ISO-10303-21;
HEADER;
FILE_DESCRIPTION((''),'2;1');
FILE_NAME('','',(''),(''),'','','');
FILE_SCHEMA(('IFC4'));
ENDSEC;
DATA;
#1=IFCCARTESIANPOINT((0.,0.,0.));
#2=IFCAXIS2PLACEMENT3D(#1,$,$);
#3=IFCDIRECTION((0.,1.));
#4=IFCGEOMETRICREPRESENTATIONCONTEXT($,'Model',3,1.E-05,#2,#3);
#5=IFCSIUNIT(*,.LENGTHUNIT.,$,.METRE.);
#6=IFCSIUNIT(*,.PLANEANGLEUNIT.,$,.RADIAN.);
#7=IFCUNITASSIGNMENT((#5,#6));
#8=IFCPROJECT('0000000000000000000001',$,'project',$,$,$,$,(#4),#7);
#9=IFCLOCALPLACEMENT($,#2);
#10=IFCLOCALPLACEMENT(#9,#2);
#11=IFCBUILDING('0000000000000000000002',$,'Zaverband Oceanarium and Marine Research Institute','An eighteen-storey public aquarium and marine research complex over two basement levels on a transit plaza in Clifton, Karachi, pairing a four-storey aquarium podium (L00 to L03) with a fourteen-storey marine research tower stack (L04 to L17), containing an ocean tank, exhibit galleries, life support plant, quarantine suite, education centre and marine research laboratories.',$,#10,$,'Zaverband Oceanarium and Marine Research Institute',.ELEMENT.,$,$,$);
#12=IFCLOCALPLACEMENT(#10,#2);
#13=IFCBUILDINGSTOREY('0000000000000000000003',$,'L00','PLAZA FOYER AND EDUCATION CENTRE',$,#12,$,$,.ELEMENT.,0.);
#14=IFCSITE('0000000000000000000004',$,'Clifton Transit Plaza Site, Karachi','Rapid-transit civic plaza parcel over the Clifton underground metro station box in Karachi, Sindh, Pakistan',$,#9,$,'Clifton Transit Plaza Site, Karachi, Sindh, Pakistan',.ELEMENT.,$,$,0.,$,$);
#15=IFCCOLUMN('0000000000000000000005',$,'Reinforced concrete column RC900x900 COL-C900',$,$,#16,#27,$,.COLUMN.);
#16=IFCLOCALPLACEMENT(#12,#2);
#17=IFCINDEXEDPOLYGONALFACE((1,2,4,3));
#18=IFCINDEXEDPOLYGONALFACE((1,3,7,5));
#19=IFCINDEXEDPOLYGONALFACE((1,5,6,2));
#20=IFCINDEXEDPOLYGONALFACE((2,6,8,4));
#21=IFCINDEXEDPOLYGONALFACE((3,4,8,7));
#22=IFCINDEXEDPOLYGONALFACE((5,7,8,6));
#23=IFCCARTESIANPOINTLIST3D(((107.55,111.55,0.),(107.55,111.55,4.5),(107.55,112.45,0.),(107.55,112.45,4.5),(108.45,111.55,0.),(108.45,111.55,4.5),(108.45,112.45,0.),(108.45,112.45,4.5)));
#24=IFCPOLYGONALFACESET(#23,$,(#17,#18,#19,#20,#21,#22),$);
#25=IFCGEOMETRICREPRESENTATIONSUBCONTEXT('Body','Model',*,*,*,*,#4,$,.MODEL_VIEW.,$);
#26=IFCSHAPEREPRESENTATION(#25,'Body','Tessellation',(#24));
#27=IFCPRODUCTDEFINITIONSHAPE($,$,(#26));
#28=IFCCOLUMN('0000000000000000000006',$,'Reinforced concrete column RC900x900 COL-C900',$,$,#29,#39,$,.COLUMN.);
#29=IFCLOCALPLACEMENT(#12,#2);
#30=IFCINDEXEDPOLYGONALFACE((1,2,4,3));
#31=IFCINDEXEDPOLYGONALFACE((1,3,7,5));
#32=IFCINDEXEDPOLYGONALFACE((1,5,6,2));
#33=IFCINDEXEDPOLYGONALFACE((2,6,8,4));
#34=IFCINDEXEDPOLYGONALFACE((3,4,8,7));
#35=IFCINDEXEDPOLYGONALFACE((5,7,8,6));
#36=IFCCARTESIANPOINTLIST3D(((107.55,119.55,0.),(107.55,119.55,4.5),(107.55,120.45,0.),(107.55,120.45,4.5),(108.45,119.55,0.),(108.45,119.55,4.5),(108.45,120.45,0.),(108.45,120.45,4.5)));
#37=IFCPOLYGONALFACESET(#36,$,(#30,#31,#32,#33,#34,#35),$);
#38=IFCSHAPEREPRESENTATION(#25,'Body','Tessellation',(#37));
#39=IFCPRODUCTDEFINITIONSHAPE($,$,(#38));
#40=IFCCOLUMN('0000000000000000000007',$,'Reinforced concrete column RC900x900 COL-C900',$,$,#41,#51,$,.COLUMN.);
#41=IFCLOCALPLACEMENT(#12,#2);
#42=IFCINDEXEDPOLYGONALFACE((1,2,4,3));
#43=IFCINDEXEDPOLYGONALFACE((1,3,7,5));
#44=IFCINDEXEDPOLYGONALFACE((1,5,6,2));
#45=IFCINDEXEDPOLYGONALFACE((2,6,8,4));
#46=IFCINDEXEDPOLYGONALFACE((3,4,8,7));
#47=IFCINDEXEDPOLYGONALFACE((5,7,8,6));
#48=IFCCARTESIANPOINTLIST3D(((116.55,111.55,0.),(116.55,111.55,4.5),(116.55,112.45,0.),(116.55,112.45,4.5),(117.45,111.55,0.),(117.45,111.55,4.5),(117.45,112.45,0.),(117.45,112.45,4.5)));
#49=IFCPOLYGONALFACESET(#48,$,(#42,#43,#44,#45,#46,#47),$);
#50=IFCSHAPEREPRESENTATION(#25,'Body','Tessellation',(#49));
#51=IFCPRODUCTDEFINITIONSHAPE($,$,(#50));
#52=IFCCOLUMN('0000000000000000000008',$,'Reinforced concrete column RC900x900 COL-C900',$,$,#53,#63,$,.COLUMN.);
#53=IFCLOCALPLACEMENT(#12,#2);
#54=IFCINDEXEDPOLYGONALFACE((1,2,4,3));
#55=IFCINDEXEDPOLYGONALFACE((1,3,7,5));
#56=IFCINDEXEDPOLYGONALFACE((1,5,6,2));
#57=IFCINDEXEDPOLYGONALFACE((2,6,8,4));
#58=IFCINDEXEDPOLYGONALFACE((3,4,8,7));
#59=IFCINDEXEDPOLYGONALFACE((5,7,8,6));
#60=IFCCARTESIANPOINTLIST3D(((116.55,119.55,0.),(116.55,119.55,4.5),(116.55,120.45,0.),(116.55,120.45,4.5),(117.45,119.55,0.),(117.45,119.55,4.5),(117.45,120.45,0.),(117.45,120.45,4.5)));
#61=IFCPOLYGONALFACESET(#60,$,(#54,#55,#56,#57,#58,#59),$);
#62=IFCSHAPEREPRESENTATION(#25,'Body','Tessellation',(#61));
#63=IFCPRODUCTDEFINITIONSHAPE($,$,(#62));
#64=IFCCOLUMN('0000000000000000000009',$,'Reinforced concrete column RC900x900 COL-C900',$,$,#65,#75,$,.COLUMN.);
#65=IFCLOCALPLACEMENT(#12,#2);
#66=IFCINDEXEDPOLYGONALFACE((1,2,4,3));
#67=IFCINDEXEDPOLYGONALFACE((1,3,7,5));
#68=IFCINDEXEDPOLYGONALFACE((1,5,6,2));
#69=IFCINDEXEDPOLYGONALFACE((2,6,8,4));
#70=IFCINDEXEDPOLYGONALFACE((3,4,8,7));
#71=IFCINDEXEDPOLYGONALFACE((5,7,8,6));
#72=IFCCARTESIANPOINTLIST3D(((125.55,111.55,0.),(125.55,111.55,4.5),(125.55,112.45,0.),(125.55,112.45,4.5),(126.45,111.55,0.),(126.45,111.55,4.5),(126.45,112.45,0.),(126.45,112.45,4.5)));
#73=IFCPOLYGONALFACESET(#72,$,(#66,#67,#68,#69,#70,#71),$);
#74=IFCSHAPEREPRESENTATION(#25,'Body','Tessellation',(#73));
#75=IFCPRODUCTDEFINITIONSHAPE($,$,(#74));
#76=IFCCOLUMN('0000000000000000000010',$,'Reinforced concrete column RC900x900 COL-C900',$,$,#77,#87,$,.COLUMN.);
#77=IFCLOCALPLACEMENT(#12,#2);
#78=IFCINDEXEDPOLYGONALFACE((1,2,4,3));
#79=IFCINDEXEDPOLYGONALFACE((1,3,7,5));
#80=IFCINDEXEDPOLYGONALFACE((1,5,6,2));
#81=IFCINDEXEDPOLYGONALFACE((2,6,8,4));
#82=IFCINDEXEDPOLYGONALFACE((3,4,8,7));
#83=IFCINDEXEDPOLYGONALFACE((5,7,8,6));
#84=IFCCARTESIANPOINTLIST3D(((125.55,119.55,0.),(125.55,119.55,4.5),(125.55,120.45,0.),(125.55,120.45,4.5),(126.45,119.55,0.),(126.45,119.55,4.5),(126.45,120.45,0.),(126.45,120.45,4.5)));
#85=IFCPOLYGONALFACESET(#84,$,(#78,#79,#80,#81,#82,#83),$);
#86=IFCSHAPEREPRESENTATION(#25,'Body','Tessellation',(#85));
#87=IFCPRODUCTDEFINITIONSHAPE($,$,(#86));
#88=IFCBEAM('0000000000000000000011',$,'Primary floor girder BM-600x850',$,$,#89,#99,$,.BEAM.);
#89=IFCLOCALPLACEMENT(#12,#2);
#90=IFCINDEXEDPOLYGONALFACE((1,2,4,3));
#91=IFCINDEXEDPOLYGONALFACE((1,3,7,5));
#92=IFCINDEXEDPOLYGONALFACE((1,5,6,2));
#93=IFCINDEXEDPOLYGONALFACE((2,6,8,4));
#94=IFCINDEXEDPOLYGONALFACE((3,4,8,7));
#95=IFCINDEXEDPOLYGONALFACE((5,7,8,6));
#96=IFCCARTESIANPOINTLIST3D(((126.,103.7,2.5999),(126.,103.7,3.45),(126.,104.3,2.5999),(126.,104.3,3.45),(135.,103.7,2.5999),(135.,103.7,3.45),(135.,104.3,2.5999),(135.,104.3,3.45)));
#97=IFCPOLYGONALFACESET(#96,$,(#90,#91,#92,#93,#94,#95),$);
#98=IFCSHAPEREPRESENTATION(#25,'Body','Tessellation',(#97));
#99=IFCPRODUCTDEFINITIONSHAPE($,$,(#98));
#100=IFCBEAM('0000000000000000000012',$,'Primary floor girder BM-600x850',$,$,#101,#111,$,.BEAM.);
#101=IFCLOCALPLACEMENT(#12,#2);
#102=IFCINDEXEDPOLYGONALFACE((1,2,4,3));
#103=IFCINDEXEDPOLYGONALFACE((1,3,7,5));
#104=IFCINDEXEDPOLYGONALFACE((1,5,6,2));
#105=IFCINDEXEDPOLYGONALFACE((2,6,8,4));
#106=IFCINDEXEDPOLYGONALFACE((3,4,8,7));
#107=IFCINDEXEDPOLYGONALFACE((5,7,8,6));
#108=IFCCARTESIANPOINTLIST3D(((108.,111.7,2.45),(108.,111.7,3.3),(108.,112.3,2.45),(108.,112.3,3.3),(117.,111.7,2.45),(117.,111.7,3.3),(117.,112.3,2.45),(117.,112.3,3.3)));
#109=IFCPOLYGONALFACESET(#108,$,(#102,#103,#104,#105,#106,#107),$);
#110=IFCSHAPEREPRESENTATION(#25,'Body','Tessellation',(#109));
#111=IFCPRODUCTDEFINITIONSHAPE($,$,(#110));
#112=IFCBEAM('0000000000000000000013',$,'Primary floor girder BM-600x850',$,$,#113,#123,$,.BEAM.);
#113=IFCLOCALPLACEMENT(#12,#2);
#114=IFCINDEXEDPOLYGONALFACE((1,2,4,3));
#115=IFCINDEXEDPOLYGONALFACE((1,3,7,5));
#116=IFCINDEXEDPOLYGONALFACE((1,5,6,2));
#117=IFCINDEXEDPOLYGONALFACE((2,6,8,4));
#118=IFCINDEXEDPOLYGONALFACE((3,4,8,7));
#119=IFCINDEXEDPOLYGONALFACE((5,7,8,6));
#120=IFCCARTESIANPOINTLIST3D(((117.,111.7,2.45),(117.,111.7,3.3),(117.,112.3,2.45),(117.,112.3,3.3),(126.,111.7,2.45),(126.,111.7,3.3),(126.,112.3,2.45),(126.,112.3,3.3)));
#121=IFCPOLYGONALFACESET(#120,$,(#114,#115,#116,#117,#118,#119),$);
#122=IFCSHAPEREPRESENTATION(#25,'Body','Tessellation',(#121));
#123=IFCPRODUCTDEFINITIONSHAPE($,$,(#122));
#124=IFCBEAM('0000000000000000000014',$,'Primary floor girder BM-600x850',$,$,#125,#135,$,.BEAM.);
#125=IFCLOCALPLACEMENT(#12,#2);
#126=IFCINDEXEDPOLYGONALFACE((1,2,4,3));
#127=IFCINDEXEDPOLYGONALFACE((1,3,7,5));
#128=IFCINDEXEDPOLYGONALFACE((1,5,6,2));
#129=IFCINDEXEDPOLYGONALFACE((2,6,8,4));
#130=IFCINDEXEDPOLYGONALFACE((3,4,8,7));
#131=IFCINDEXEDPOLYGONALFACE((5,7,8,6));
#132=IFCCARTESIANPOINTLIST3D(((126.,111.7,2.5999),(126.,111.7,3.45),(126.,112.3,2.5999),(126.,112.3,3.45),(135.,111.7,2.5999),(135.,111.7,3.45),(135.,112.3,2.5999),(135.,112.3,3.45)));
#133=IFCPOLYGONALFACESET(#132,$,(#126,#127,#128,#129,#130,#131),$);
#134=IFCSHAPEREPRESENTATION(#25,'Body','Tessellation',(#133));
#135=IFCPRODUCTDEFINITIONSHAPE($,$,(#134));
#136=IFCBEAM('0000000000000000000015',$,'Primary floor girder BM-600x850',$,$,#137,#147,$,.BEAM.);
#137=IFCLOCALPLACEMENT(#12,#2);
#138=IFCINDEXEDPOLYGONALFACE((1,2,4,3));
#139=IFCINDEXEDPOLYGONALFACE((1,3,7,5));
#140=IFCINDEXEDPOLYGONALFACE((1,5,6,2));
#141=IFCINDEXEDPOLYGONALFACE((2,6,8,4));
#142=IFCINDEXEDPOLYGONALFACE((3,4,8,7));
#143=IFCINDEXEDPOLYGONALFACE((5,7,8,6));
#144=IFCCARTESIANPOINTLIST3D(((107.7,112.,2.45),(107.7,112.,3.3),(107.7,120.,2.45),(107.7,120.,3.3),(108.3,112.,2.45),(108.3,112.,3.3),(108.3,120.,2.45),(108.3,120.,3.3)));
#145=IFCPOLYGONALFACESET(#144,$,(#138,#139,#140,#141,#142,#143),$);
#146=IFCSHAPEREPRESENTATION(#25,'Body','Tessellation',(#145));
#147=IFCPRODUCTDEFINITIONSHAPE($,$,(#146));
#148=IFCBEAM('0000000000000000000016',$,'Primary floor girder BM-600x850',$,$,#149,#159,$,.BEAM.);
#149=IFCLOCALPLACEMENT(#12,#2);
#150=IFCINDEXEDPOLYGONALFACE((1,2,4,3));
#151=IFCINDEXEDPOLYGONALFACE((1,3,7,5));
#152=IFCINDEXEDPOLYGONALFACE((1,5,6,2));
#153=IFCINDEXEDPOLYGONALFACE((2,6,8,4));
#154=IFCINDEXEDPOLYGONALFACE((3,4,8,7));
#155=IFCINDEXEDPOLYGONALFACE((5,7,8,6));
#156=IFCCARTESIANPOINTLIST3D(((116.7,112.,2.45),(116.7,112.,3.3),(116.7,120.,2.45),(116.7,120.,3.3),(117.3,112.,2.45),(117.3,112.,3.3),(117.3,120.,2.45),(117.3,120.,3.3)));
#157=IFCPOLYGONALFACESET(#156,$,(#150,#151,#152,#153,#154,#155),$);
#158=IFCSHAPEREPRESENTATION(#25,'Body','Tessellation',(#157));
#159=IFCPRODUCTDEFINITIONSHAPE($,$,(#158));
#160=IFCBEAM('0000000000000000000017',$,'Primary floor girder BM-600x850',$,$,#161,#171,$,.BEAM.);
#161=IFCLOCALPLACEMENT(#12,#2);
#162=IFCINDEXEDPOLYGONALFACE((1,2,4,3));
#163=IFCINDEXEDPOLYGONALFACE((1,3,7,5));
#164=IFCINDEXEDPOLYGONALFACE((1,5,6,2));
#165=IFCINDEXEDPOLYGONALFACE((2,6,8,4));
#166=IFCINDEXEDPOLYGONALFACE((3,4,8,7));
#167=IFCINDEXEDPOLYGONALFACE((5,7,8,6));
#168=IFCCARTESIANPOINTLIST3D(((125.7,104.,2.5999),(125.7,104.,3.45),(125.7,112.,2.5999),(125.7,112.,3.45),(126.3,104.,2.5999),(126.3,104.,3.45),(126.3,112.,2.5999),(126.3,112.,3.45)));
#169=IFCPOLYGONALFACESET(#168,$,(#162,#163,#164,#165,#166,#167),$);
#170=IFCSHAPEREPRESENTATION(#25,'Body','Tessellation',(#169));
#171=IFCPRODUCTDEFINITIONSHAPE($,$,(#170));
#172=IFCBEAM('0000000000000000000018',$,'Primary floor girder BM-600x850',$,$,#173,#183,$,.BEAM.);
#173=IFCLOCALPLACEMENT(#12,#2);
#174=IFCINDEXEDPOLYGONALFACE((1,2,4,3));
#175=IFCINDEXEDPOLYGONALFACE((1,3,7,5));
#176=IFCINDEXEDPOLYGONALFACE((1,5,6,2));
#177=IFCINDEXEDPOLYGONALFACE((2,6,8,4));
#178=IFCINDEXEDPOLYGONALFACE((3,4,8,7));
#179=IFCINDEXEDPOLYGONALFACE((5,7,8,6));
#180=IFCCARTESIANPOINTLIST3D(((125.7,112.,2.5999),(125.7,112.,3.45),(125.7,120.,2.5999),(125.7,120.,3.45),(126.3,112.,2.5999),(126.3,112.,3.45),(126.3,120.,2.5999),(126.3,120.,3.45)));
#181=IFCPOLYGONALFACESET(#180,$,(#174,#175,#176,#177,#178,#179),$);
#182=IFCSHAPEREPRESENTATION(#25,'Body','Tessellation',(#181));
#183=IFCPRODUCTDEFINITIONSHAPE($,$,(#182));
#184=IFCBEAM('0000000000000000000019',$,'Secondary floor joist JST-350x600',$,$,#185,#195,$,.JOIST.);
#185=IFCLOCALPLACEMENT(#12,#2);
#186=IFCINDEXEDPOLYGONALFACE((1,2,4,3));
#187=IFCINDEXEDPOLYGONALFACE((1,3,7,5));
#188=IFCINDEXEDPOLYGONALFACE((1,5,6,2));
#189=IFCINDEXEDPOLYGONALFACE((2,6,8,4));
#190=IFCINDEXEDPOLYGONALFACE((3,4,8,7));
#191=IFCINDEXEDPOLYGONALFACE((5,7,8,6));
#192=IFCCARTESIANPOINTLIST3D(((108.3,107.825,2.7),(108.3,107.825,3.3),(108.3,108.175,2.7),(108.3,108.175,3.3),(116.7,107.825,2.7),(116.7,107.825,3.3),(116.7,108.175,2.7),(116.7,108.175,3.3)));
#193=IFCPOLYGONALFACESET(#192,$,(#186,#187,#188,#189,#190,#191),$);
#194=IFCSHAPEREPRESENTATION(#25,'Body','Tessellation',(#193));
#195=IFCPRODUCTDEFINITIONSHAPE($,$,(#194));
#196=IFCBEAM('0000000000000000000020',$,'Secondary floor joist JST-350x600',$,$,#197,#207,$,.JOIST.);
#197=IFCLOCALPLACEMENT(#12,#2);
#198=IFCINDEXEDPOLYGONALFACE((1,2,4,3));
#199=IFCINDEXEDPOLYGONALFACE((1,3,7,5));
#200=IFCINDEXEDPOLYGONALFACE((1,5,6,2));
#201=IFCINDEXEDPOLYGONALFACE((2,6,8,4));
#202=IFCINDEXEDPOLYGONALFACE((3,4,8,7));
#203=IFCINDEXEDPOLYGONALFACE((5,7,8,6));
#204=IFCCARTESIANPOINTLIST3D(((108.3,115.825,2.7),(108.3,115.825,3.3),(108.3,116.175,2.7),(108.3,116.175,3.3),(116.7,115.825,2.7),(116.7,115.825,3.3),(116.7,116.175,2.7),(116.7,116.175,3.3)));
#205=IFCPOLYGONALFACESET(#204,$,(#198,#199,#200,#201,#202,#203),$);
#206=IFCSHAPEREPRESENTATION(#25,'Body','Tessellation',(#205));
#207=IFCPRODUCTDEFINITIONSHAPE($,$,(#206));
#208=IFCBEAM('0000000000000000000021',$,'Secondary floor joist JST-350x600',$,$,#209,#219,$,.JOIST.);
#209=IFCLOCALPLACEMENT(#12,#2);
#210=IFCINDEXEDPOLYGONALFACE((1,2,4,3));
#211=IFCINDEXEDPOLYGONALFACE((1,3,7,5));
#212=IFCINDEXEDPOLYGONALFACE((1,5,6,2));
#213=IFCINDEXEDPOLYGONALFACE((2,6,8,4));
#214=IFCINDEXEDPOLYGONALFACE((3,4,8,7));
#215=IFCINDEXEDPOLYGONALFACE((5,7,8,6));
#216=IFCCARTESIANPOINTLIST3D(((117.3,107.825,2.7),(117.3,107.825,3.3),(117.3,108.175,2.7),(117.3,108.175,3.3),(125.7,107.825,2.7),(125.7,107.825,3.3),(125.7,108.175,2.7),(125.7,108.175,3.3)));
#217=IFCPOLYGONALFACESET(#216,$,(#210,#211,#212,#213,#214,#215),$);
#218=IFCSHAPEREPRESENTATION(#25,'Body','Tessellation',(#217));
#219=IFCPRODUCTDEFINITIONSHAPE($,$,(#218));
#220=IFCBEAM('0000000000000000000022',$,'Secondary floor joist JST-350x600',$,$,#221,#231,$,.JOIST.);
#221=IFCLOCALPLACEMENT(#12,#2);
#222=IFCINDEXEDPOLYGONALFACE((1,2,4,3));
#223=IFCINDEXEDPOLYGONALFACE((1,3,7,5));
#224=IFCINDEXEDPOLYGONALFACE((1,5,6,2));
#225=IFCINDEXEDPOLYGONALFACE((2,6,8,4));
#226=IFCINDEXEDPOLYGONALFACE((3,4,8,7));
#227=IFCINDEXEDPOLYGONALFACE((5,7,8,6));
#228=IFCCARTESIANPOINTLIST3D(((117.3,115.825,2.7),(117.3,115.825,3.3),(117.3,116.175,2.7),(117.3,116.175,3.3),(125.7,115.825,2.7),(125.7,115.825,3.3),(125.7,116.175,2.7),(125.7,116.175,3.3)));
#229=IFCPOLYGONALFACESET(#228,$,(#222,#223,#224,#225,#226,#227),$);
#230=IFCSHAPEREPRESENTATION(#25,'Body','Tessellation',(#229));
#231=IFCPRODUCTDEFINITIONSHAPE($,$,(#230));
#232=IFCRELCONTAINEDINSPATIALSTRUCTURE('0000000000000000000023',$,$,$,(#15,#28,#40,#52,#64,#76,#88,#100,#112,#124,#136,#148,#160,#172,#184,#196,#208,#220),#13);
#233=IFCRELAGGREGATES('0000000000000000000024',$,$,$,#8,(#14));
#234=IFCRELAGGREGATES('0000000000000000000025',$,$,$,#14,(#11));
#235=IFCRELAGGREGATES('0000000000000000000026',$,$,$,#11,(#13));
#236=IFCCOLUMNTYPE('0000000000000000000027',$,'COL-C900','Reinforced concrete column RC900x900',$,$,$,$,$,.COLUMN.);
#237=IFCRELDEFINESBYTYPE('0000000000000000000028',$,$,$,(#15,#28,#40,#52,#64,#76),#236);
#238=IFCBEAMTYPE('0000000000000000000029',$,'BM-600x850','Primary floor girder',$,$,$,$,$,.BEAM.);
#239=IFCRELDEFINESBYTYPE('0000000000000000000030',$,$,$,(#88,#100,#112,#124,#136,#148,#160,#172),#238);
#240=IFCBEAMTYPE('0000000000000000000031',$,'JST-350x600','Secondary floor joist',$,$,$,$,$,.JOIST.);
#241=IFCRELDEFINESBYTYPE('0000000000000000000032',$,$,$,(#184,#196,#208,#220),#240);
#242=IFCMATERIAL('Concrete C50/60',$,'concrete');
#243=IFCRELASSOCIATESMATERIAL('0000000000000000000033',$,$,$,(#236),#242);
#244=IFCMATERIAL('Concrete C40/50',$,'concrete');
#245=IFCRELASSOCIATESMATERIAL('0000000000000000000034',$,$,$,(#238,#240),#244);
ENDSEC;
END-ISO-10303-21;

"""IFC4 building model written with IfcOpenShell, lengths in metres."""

from ifc_helpers import new_model, si_unit, direction, frame, origin, origin_2d, place, context, subcontext, project, spatial, rectangle, extrude, material, material_profile, profile_set, type_object, element, save


model = new_model("IFC4")

# Units and contexts
model_context = context("Model", 3, precision=1e-05, world=origin(), true_north=direction((0.0, 1.0)))
body_context = subcontext(model_context, "Body", "Model", "MODEL_VIEW")
ifc_project = project(units=[si_unit("LENGTHUNIT", "METRE"), si_unit("PLANEANGLEUNIT", "RADIAN")], contexts=[model_context])

# Site, building, storey
site_placement = place(None, origin())
site = spatial("IfcSite", under=ifc_project, at=site_placement, Name="Clifton Transit Plaza Site, Karachi", Description="Rapid-transit civic plaza parcel over the Clifton underground metro station box in Karachi, Sindh, Pakistan", LongName="Clifton Transit Plaza Site, Karachi, Sindh, Pakistan", CompositionType="ELEMENT", RefElevation=0.0)
building_placement = place(site_placement, origin())
building = spatial("IfcBuilding", under=site, at=building_placement, Name="Zaverband Oceanarium and Marine Research Institute", Description="An eighteen-storey public aquarium and marine research complex over two basement levels on a transit plaza in Clifton, Karachi, pairing a four-storey aquarium podium (L00 to L03) with a fourteen-storey marine research tower stack (L04 to L17), containing an ocean tank, exhibit galleries, life support plant, quarantine suite, education centre and marine research laboratories.", LongName="Zaverband Oceanarium and Marine Research Institute", CompositionType="ELEMENT")
storey_placement = place(building_placement, origin())
storey = spatial("IfcBuildingStorey", under=building, at=storey_placement, Name="L00", Description="PLAZA FOYER AND EDUCATION CENTRE", CompositionType="ELEMENT", Elevation=0.0)

# Columns
ifc_material_1 = material(Name="Concrete C50/60", Category="concrete")
ifc_material_profile_1 = material_profile(ifc_material_1, rectangle(XDim=0.8999, YDim=0.8999, at=origin_2d()), Name="RC900x900")
ifc_profile_set_1 = profile_set([ifc_material_profile_1], Name="Concrete C50/60")
column_type = type_object("IfcColumnType", Name="COL-C900", Description="Reinforced concrete column RC900x900", PredefinedType="COLUMN", material=ifc_profile_set_1)
for number, where, z_axis, x_axis, name in (
    (1, (108.0, 112.0, 0.0), (0.0, 0.0, 1.0), (1.0, 0.0, 0.0), "Reinforced concrete column RC900x900 COL-C900"),
    (2, (108.0, 120.0, 0.0), (0.0, 0.0, 1.0), (1.0, 0.0, 0.0), "Reinforced concrete column RC900x900 COL-C900"),
    (3, (117.0, 112.0, 0.0), (0.0, 0.0, 1.0), (1.0, 0.0, 0.0), "Reinforced concrete column RC900x900 COL-C900"),
    (4, (117.0, 120.0, 0.0), (0.0, 0.0, 1.0), (1.0, 0.0, 0.0), "Reinforced concrete column RC900x900 COL-C900"),
    (5, (126.0, 112.0, 0.0), (0.0, 0.0, 1.0), (1.0, 0.0, 0.0), "Reinforced concrete column RC900x900 COL-C900"),
    (6, (126.0, 120.0, 0.0), (0.0, 0.0, 1.0), (1.0, 0.0, 0.0), "Reinforced concrete column RC900x900 COL-C900"),
):
    element("IfcColumn", number, at=place(storey_placement, frame(where, z_axis=z_axis, x_axis=x_axis)), inside=storey, type_object=column_type, Name=name, PredefinedType="COLUMN", context=body_context, shape_type="SweptSolid", body=[
        extrude(rectangle(XDim=0.8999, YDim=0.8999, at=origin_2d()), origin(), (0.0, 0.0, 1.0), 4.5),
    ])

# Beams
ifc_material_2 = material(Name="Concrete C40/50", Category="concrete")
ifc_material_profile_2 = material_profile(ifc_material_2, rectangle(XDim=0.6001, YDim=0.8501, at=origin_2d()), Name="RC600x850")
ifc_profile_set_2 = profile_set([ifc_material_profile_2], Name="Concrete C40/50")
beam_type_1 = type_object("IfcBeamType", Name="BM-600x850", Description="Primary floor girder", PredefinedType="BEAM", material=ifc_profile_set_2)
for number, where, z_axis, x_axis, name in (
    (7, (126.0, 104.0, 3.0249), (1.0, 0.0, 0.0), (0.0, 1.0, 0.0), "Primary floor girder BM-600x850"),
    (8, (108.0, 112.0, 2.875), (1.0, 0.0, 0.0), (0.0, 1.0, 0.0), "Primary floor girder BM-600x850"),
    (9, (117.0, 112.0, 2.875), (1.0, 0.0, 0.0), (0.0, 1.0, 0.0), "Primary floor girder BM-600x850"),
    (10, (126.0, 112.0, 3.0249), (1.0, 0.0, 0.0), (0.0, 1.0, 0.0), "Primary floor girder BM-600x850"),
):
    element("IfcBeam", number, at=place(storey_placement, frame(where, z_axis=z_axis, x_axis=x_axis)), inside=storey, type_object=beam_type_1, Name=name, PredefinedType="BEAM", context=body_context, shape_type="SweptSolid", body=[
        extrude(rectangle(XDim=0.6001, YDim=0.8501, at=origin_2d()), origin(), (0.0, 0.0, 1.0), 9.0),
    ])
for number, where, z_axis, x_axis, name in (
    (11, (108.0, 112.0, 2.875), (0.0, 1.0, 0.0), (-1.0, 0.0, 0.0), "Primary floor girder BM-600x850"),
    (12, (117.0, 112.0, 2.875), (0.0, 1.0, 0.0), (-1.0, 0.0, 0.0), "Primary floor girder BM-600x850"),
    (13, (126.0, 104.0, 3.0249), (0.0, 1.0, 0.0), (-1.0, 0.0, 0.0), "Primary floor girder BM-600x850"),
    (14, (126.0, 112.0, 3.0249), (0.0, 1.0, 0.0), (-1.0, 0.0, 0.0), "Primary floor girder BM-600x850"),
):
    element("IfcBeam", number, at=place(storey_placement, frame(where, z_axis=z_axis, x_axis=x_axis)), inside=storey, type_object=beam_type_1, Name=name, PredefinedType="BEAM", context=body_context, shape_type="SweptSolid", body=[
        extrude(rectangle(XDim=0.6001, YDim=0.8501, at=origin_2d()), origin(), (0.0, 0.0, 1.0), 8.0),
    ])
ifc_material_profile_3 = material_profile(ifc_material_2, rectangle(XDim=0.3501, YDim=0.6001, at=origin_2d()), Name="RC350x600")
ifc_profile_set_3 = profile_set([ifc_material_profile_3], Name="Concrete C40/50")
beam_type_2 = type_object("IfcBeamType", Name="JST-350x600", Description="Secondary floor joist", PredefinedType="JOIST", material=ifc_profile_set_3)
for number, where, z_axis, x_axis, name in (
    (15, (108.3, 108.0, 3.0), (1.0, 0.0, 0.0), (0.0, 1.0, 0.0), "Secondary floor joist JST-350x600"),
    (16, (108.3, 116.0, 3.0), (1.0, 0.0, 0.0), (0.0, 1.0, 0.0), "Secondary floor joist JST-350x600"),
    (17, (117.3, 108.0, 3.0), (1.0, 0.0, 0.0), (0.0, 1.0, 0.0), "Secondary floor joist JST-350x600"),
    (18, (117.3, 116.0, 3.0), (1.0, 0.0, 0.0), (0.0, 1.0, 0.0), "Secondary floor joist JST-350x600"),
):
    element("IfcBeam", number, at=place(storey_placement, frame(where, z_axis=z_axis, x_axis=x_axis)), inside=storey, type_object=beam_type_2, Name=name, PredefinedType="JOIST", context=body_context, shape_type="SweptSolid", body=[
        extrude(rectangle(XDim=0.3501, YDim=0.6001, at=origin_2d()), origin(), (0.0, 0.0, 1.0), 8.3999),
    ])

save(model, "model.ifc")
